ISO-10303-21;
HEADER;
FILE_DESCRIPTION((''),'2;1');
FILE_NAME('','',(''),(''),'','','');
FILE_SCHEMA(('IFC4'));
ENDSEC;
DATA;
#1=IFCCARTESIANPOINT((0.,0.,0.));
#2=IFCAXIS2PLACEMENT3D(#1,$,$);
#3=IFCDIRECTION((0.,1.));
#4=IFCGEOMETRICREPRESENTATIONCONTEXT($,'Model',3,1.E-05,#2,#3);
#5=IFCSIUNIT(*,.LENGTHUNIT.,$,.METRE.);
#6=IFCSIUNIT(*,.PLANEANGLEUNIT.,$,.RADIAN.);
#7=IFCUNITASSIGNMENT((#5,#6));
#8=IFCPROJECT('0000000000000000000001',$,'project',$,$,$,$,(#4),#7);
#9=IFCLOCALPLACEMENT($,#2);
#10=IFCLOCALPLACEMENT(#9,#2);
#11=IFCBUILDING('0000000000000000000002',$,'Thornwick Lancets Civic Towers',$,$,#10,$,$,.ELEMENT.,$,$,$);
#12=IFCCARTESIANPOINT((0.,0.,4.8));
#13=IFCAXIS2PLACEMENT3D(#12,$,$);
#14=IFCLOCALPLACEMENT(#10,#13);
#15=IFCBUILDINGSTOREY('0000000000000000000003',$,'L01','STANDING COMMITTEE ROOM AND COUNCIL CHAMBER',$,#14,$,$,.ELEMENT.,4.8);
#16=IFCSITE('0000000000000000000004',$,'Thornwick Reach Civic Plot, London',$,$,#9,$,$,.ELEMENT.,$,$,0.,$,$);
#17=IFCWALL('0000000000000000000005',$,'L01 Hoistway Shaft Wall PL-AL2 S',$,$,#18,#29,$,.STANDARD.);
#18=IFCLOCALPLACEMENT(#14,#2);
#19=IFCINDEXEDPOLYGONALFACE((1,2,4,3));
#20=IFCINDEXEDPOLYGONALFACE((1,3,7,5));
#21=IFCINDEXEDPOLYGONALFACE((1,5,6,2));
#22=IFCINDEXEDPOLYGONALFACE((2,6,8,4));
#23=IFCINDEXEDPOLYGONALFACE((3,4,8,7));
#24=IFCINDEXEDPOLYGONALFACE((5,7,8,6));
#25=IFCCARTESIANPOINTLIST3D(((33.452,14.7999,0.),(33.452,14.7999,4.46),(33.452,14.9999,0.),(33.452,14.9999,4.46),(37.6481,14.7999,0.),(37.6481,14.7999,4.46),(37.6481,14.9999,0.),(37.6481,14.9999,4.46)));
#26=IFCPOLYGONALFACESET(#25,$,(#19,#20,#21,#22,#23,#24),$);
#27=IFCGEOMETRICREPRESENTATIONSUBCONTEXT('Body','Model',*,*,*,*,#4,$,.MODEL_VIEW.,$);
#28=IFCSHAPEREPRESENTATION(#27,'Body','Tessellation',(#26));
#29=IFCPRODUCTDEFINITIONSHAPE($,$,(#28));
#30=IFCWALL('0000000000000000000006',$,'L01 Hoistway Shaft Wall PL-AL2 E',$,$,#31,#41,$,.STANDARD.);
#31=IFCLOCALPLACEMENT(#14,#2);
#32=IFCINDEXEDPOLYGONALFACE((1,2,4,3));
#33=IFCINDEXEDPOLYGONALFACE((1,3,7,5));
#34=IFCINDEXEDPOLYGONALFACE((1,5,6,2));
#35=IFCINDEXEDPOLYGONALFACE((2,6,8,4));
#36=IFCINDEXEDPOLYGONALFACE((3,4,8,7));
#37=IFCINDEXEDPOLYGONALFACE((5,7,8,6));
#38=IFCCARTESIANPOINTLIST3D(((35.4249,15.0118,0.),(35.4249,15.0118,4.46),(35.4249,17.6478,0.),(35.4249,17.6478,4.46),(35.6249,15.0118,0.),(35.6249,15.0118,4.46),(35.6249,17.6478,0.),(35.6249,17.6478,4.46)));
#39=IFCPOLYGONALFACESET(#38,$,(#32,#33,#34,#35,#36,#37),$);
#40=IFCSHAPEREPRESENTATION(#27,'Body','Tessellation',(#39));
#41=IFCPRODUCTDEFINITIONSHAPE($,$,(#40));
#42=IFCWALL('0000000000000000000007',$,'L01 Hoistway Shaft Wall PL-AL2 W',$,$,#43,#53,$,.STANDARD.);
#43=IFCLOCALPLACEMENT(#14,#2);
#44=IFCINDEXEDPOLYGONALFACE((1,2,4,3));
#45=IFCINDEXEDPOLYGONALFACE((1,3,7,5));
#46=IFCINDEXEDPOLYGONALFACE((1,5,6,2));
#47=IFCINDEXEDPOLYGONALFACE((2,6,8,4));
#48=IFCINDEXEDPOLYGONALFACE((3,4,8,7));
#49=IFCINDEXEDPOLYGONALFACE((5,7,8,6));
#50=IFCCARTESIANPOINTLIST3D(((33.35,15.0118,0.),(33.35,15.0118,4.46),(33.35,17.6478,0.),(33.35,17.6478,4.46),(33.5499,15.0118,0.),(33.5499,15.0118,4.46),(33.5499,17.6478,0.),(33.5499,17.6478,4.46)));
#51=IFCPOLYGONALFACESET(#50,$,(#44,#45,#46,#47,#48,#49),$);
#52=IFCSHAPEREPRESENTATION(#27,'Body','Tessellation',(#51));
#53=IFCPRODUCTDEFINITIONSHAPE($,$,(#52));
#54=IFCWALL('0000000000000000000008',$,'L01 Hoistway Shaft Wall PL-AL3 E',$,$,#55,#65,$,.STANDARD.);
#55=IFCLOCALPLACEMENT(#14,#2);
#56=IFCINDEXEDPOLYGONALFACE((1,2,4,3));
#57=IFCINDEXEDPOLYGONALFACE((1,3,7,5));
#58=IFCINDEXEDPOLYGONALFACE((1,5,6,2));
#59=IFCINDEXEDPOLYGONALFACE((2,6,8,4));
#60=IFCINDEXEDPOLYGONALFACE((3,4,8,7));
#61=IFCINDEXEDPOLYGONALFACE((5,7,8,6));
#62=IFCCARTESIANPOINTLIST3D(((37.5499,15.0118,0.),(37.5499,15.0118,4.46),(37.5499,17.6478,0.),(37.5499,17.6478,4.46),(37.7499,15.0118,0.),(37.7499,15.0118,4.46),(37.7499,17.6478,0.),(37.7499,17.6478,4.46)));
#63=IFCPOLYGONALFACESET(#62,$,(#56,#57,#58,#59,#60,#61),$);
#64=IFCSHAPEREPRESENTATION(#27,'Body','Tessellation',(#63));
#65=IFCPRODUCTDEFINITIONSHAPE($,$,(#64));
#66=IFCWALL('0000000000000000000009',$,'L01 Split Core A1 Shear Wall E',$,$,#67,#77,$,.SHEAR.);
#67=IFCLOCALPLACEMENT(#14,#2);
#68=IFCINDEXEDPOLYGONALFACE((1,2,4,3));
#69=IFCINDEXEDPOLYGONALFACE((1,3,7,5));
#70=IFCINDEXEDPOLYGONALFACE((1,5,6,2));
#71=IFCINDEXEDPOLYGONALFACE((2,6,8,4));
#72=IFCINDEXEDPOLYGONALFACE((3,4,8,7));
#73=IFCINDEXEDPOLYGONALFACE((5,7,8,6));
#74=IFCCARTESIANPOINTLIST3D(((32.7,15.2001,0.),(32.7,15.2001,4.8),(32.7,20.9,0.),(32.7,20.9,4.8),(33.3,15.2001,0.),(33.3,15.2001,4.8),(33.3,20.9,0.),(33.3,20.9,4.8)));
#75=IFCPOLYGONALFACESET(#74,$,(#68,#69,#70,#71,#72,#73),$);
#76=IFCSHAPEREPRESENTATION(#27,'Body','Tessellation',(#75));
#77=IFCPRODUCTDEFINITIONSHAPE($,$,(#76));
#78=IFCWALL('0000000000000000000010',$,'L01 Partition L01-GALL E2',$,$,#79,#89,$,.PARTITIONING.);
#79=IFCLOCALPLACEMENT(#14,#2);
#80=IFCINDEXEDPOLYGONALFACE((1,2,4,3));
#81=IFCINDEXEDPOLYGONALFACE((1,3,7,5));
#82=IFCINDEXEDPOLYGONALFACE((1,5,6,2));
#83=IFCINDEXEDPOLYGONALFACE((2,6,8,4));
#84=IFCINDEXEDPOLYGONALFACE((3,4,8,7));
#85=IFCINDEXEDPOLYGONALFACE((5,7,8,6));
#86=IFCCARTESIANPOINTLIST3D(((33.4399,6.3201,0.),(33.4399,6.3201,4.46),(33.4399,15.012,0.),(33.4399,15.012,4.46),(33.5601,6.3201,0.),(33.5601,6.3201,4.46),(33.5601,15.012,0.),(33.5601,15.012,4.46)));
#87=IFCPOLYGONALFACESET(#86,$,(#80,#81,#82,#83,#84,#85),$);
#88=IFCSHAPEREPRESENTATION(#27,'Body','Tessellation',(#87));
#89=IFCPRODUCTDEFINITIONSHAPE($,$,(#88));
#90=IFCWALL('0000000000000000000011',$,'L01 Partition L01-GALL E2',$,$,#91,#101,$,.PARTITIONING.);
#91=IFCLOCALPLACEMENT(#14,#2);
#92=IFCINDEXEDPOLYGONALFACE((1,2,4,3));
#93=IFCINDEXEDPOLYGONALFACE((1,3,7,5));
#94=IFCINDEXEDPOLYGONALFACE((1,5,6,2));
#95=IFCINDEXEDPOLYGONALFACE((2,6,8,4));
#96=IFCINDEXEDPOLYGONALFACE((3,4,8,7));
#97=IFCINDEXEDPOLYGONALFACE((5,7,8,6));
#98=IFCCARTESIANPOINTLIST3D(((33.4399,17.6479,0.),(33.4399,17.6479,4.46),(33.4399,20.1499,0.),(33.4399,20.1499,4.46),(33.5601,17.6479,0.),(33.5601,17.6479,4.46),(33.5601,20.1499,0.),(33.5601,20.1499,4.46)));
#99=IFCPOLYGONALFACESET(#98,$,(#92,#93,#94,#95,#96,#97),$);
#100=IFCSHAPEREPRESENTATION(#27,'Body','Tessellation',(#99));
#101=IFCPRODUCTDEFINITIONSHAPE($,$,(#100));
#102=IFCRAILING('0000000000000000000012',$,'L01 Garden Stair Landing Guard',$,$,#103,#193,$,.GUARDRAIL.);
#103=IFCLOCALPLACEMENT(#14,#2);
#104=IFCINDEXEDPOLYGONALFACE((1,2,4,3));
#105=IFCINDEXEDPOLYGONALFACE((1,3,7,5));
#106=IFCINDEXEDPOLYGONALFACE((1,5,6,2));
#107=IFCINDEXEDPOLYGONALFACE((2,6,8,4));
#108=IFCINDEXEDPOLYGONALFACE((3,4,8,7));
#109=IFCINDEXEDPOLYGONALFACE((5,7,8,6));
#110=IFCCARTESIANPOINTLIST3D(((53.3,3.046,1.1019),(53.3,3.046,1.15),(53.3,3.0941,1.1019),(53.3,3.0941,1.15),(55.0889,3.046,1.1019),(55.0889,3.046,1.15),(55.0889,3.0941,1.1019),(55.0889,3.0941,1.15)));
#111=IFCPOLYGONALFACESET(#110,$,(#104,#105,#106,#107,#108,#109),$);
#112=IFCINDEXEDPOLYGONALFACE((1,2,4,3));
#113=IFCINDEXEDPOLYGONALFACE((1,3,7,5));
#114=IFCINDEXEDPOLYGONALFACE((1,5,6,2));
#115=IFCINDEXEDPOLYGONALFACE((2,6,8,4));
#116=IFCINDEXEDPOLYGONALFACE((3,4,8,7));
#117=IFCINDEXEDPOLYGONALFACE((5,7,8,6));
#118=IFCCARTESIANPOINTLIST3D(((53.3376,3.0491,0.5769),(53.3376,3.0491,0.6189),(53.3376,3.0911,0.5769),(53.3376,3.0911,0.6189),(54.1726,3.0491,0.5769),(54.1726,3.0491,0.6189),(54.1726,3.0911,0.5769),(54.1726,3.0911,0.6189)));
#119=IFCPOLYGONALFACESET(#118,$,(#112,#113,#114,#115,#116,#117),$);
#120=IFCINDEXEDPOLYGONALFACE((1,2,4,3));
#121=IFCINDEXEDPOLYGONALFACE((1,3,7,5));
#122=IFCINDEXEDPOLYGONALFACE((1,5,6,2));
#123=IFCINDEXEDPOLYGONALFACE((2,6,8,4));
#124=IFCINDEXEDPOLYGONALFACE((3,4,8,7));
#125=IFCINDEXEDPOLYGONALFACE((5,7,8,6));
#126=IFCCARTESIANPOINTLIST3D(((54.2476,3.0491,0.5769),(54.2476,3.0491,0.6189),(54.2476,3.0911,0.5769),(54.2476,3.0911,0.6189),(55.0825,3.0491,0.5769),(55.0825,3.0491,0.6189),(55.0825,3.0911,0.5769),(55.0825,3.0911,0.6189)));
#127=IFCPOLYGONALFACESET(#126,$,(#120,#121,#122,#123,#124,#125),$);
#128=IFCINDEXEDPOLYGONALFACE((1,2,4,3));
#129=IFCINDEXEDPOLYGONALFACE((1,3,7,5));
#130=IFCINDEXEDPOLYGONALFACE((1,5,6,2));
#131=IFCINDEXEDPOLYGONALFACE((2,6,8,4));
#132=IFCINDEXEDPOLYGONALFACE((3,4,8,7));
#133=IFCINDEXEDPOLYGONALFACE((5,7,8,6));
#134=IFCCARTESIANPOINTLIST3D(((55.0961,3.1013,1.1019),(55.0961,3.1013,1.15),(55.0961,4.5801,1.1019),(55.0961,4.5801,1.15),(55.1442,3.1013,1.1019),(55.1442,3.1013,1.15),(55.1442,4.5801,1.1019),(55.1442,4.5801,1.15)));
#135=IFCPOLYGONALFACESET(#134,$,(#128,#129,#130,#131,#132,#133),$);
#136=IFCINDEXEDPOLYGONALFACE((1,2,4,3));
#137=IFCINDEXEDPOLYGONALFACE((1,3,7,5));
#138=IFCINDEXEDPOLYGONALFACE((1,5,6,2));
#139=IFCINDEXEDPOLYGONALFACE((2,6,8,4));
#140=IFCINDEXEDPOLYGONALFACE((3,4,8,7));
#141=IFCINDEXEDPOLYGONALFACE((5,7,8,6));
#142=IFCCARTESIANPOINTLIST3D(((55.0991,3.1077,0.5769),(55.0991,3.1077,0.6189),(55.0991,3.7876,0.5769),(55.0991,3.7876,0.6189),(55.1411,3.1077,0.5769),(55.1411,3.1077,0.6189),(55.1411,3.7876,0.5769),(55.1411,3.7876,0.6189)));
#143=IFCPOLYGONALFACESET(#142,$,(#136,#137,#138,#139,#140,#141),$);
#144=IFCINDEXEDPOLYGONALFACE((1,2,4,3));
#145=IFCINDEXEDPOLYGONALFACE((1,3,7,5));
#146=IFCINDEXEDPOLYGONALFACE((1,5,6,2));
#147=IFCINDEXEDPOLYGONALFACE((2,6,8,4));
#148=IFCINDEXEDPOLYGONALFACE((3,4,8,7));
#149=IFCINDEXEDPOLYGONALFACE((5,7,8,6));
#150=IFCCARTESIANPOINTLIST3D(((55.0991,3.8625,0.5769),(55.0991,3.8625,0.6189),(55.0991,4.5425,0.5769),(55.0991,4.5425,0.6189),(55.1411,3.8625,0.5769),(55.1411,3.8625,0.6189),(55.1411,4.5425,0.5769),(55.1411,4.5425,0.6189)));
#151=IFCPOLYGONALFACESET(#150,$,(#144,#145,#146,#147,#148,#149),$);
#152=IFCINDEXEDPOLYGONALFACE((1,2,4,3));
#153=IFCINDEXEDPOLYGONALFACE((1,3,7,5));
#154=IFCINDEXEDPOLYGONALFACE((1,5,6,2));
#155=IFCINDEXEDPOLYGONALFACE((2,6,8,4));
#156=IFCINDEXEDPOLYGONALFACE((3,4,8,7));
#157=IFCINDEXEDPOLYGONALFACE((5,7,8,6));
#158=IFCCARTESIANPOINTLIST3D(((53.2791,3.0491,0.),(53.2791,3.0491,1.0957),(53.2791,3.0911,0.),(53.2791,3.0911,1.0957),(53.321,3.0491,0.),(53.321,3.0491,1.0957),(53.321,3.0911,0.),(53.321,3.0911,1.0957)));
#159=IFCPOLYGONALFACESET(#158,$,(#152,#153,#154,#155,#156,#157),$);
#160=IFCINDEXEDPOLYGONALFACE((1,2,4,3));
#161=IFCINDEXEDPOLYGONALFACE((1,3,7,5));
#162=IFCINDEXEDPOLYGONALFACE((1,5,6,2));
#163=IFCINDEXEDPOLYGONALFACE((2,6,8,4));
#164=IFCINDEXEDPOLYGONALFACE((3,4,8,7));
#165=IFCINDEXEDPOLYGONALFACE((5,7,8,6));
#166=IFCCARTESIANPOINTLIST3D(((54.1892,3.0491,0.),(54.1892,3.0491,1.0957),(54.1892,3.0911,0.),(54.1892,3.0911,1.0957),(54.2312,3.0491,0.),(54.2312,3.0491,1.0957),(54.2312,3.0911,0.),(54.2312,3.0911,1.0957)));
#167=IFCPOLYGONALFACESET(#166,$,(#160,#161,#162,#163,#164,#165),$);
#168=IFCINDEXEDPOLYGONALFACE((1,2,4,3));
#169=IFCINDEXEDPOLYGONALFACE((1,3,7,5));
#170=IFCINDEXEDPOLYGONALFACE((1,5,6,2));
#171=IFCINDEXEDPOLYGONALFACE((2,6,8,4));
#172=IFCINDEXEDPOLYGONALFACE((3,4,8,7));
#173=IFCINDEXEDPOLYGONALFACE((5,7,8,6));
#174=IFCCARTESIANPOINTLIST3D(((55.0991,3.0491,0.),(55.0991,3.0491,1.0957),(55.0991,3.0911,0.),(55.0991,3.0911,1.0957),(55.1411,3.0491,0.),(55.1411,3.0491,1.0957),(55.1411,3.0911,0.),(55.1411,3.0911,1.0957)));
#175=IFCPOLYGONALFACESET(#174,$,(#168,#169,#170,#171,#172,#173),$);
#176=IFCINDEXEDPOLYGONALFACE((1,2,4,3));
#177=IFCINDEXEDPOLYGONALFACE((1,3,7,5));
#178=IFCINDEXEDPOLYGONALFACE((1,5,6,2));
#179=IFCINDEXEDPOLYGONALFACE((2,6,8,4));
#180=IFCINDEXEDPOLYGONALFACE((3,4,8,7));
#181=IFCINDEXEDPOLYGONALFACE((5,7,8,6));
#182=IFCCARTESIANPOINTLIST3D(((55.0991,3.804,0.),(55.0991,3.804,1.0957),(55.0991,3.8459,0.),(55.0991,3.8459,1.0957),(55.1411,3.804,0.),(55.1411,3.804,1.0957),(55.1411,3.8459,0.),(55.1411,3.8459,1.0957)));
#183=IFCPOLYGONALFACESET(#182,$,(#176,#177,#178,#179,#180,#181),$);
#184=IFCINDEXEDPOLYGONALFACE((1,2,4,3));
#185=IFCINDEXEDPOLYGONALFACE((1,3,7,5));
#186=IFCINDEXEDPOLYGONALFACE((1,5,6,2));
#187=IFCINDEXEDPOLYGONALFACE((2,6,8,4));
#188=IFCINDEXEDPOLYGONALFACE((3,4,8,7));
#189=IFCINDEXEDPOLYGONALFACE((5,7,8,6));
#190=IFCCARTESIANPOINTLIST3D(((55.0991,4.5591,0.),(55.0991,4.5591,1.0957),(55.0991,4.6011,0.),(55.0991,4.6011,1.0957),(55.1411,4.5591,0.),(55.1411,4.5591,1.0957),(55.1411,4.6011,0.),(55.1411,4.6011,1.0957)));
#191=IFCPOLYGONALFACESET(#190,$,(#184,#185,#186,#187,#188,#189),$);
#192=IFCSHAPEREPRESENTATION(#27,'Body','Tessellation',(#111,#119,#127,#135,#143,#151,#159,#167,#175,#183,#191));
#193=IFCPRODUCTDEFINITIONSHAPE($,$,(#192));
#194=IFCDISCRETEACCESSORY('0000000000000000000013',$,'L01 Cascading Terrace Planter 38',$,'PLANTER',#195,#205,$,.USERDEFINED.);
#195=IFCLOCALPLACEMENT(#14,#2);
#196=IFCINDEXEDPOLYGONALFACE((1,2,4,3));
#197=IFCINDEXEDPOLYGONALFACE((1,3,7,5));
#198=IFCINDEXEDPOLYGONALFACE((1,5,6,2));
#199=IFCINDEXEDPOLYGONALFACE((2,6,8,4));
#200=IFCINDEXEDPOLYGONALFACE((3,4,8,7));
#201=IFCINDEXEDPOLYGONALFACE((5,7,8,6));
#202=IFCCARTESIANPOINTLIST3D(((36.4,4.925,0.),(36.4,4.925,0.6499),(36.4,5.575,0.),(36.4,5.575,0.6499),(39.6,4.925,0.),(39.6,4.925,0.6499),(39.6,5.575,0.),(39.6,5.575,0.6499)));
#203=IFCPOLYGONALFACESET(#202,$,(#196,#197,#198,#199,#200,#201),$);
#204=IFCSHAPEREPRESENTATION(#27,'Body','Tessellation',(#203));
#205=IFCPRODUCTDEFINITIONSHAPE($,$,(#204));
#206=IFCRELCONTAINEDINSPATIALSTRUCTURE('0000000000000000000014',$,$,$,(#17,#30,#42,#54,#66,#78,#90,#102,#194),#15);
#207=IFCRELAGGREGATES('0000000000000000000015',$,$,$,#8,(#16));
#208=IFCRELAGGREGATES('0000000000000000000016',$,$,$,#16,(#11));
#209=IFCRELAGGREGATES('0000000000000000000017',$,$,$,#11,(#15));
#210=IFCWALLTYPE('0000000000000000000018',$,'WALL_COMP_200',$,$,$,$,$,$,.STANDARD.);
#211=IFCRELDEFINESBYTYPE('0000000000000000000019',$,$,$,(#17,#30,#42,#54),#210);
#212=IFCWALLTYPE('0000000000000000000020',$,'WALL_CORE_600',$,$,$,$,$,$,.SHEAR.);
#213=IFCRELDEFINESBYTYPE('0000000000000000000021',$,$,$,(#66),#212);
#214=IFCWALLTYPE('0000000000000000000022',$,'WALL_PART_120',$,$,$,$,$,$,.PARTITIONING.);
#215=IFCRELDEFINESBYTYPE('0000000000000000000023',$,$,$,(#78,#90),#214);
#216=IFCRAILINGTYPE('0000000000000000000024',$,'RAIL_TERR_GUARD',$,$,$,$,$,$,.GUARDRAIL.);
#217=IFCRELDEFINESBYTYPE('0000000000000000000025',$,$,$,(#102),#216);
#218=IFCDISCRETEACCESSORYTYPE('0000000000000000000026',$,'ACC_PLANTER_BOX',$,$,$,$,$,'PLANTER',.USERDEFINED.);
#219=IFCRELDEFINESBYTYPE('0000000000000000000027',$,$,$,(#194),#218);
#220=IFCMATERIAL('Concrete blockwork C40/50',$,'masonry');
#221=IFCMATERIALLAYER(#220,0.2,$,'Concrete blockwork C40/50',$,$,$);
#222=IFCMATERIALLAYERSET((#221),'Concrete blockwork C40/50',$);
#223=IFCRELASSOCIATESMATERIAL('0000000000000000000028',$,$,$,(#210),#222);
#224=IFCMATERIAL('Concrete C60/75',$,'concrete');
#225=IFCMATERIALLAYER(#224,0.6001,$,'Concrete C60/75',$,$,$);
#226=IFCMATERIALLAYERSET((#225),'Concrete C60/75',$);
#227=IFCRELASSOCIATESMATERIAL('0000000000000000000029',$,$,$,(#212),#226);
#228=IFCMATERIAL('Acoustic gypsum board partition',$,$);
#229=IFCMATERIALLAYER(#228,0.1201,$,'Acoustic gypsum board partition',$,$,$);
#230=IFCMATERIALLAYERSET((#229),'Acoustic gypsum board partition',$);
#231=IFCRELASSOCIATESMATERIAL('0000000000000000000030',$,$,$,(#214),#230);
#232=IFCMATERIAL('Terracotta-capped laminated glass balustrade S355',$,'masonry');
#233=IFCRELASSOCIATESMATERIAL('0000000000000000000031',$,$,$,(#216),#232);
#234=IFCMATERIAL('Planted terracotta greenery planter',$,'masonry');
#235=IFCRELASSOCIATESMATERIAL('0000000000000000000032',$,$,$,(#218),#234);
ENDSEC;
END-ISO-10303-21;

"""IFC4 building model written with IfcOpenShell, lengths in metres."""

from ifc_helpers import new_model, si_unit, direction, frame, frame_2d, origin, origin_2d, place, context, subcontext, project, spatial, rectangle, extrude, material, layer, layer_set, type_object, element, save


model = new_model("IFC4")

# Units and contexts
model_context = context("Model", 3, precision=1e-05, world=origin(), true_north=direction((0.0, 1.0)))
body_context = subcontext(model_context, "Body", "Model", "MODEL_VIEW")
ifc_project = project(units=[si_unit("LENGTHUNIT", "METRE"), si_unit("PLANEANGLEUNIT", "RADIAN")], contexts=[model_context])

# Site, building, storey
site_placement = place(None, origin())
site = spatial("IfcSite", under=ifc_project, at=site_placement, Name="Thornwick Reach Civic Plot, London", CompositionType="ELEMENT", RefElevation=0.0)
building_placement = place(site_placement, origin())
building = spatial("IfcBuilding", under=site, at=building_placement, Name="Thornwick Lancets Civic Towers", CompositionType="ELEMENT")
storey_placement = place(building_placement, frame((0.0, 0.0, 4.8)))
storey = spatial("IfcBuildingStorey", under=building, at=storey_placement, Name="L01", Description="STANDING COMMITTEE ROOM AND COUNCIL CHAMBER", CompositionType="ELEMENT", Elevation=4.8)

# Shared definitions
ifc_material_1 = material(Name="Concrete C60/75", Category="concrete")

# Shared definitions
ifc_material_2 = material(Name="Concrete blockwork C40/50", Category="masonry")
ifc_layer_1 = layer(ifc_material_2, 0.2, Name="Concrete blockwork C40/50")
ifc_layer_set_1 = layer_set([ifc_layer_1], Name="Concrete blockwork C40/50")
wall_type_1 = type_object("IfcWallType", Name="WALL_COMP_200", PredefinedType="STANDARD", material=ifc_layer_set_1)

# Walls
wall_1_placement = place(storey_placement, frame((33.4519, 14.8999, 0.0), z_axis=(0.0, 0.0, 1.0), x_axis=(1.0, 0.0, 0.0)))
element("IfcWall", 1, at=wall_1_placement, inside=storey, type_object=wall_type_1, Name="L01 Hoistway Shaft Wall PL-AL2 S", PredefinedType="STANDARD", context=body_context, shape_type="SweptSolid", body=[
    extrude(rectangle(XDim=4.196, YDim=0.2, at=frame_2d((2.0981, 0.0))), origin(), (0.0, 0.0, 1.0), 4.46),
])
for number, where, z_axis, x_axis, name in (
    (2, (35.5249, 15.012, 0.0), (0.0, 0.0, 1.0), (0.0, 1.0, 0.0), "L01 Hoistway Shaft Wall PL-AL2 E"),
    (3, (33.45, 15.012, 0.0), (0.0, 0.0, 1.0), (0.0, 1.0, 0.0), "L01 Hoistway Shaft Wall PL-AL2 W"),
    (4, (37.6499, 15.012, 0.0), (0.0, 0.0, 1.0), (0.0, 1.0, 0.0), "L01 Hoistway Shaft Wall PL-AL3 E"),
):
    element("IfcWall", number, at=place(storey_placement, frame(where, z_axis=z_axis, x_axis=x_axis)), inside=storey, type_object=wall_type_1, Name=name, PredefinedType="STANDARD", context=body_context, shape_type="SweptSolid", body=[
        extrude(rectangle(XDim=2.636, YDim=0.2, at=frame_2d((1.3179, 0.0))), origin(), (0.0, 0.0, 1.0), 4.46),
    ])
ifc_layer_2 = layer(ifc_material_1, 0.6001, Name="Concrete C60/75")
ifc_layer_set_2 = layer_set([ifc_layer_2], Name="Concrete C60/75")
wall_type_2 = type_object("IfcWallType", Name="WALL_CORE_600", PredefinedType="SHEAR", material=ifc_layer_set_2)
wall_2_placement = place(storey_placement, frame((33.0, 15.2, 0.0), z_axis=(0.0, 0.0, 1.0), x_axis=(0.0, 1.0, 0.0)))
element("IfcWall", 5, at=wall_2_placement, inside=storey, type_object=wall_type_2, Name="L01 Split Core A1 Shear Wall E", PredefinedType="SHEAR", context=body_context, shape_type="SweptSolid", body=[
    extrude(rectangle(XDim=5.7, YDim=0.6001, at=frame_2d((2.8501, 0.0))), origin(), (0.0, 0.0, 1.0), 4.8),
])
ifc_material_3 = material(Name="Acoustic gypsum board partition")
ifc_layer_3 = layer(ifc_material_3, 0.1201, Name="Acoustic gypsum board partition")
ifc_layer_set_3 = layer_set([ifc_layer_3], Name="Acoustic gypsum board partition")
wall_type_3 = type_object("IfcWallType", Name="WALL_PART_120", PredefinedType="PARTITIONING", material=ifc_layer_set_3)
wall_3_placement = place(storey_placement, frame((33.5, 6.3201, 0.0), z_axis=(0.0, 0.0, 1.0), x_axis=(0.0, 1.0, 0.0)))
element("IfcWall", 6, at=wall_3_placement, inside=storey, type_object=wall_type_3, Name="L01 Partition L01-GALL E2", PredefinedType="PARTITIONING", context=body_context, shape_type="SweptSolid", body=[
    extrude(rectangle(XDim=8.6919, YDim=0.1201, at=frame_2d((4.3459, 0.0))), origin(), (0.0, 0.0, 1.0), 4.46),
])
wall_4_placement = place(storey_placement, frame((33.5, 17.6479, 0.0), z_axis=(0.0, 0.0, 1.0), x_axis=(0.0, 1.0, 0.0)))
element("IfcWall", 7, at=wall_4_placement, inside=storey, type_object=wall_type_3, Name="L01 Partition L01-GALL E2", PredefinedType="PARTITIONING", context=body_context, shape_type="SweptSolid", body=[
    extrude(rectangle(XDim=2.502, YDim=0.1201, at=frame_2d((1.251, 0.0))), origin(), (0.0, 0.0, 1.0), 4.46),
])

# Railing
ifc_material_4 = material(Name="Terracotta-capped laminated glass balustrade S355", Category="masonry")
railing_type = type_object("IfcRailingType", Name="RAIL_TERR_GUARD", PredefinedType="GUARDRAIL", material=ifc_material_4)
railing_placement = place(storey_placement, frame((53.3, 3.0701, 0.0)))
element("IfcRailing", 8, at=railing_placement, inside=storey, type_object=railing_type, Name="L01 Garden Stair Landing Guard", PredefinedType="GUARDRAIL", context=body_context, shape_type="SweptSolid", body=[
    extrude(rectangle(XDim=0.0481, YDim=0.0481, at=origin_2d()), frame((0.0, 0.0, 1.126), z_axis=(1.0, 0.0, 0.0), x_axis=(0.0, 1.0, 0.0)), (0.0, 0.0, 1.0), 1.7888),
    extrude(rectangle(XDim=0.042, YDim=0.042, at=origin_2d()), frame((0.0376, 0.0, 0.5979), z_axis=(1.0, 0.0, 0.0), x_axis=(0.0, 1.0, 0.0)), (0.0, 0.0, 1.0), 0.835),
    extrude(rectangle(XDim=0.042, YDim=0.042, at=origin_2d()), frame((0.9475, 0.0, 0.5979), z_axis=(1.0, 0.0, 0.0), x_axis=(0.0, 1.0, 0.0)), (0.0, 0.0, 1.0), 0.835),
    extrude(rectangle(XDim=0.0481, YDim=0.0481, at=origin_2d()), frame((1.8201, 0.0312, 1.126), z_axis=(0.0, 1.0, 0.0), x_axis=(-1.0, 0.0, 0.0)), (0.0, 0.0, 1.0), 1.4788),
    extrude(rectangle(XDim=0.042, YDim=0.042, at=origin_2d()), frame((1.8201, 0.0376, 0.5979), z_axis=(0.0, 1.0, 0.0), x_axis=(-1.0, 0.0, 0.0)), (0.0, 0.0, 1.0), 0.6799),
    extrude(rectangle(XDim=0.042, YDim=0.042, at=origin_2d()), frame((1.8201, 0.7925, 0.5979), z_axis=(0.0, 1.0, 0.0), x_axis=(-1.0, 0.0, 0.0)), (0.0, 0.0, 1.0), 0.6799),
    extrude(rectangle(XDim=0.042, YDim=0.042, at=origin_2d()), origin(), (0.0, 0.0, 1.0), 1.0957),
    extrude(rectangle(XDim=0.042, YDim=0.042, at=origin_2d()), frame((0.9102, 0.0, 0.0)), (0.0, 0.0, 1.0), 1.0957),
    extrude(rectangle(XDim=0.042, YDim=0.042, at=origin_2d()), frame((1.8201, 0.0, 0.0)), (0.0, 0.0, 1.0), 1.0957),
    extrude(rectangle(XDim=0.042, YDim=0.042, at=origin_2d()), frame((1.8201, 0.7549, 0.0)), (0.0, 0.0, 1.0), 1.0957),
    extrude(rectangle(XDim=0.042, YDim=0.042, at=origin_2d()), frame((1.8201, 1.51, 0.0)), (0.0, 0.0, 1.0), 1.0957),
])

# Discrete accessory
ifc_material_5 = material(Name="Planted terracotta greenery planter", Category="masonry")
discrete_accessory_type = type_object("IfcDiscreteAccessoryType", Name="ACC_PLANTER_BOX", ElementType="PLANTER", PredefinedType="USERDEFINED", material=ifc_material_5)
discrete_accessory_placement = place(storey_placement, frame((38.0, 5.25, 0.0), z_axis=(0.0, 0.0, 1.0), x_axis=(1.0, 0.0, 0.0)))
element("IfcDiscreteAccessory", 9, at=discrete_accessory_placement, inside=storey, type_object=discrete_accessory_type, Name="L01 Cascading Terrace Planter 38", ObjectType="PLANTER", PredefinedType="USERDEFINED", context=body_context, shape_type="SweptSolid", body=[
    extrude(rectangle(XDim=3.2, YDim=0.6499, at=origin_2d()), origin(), (0.0, 0.0, 1.0), 0.6499),
])

save(model, "model.ifc")
